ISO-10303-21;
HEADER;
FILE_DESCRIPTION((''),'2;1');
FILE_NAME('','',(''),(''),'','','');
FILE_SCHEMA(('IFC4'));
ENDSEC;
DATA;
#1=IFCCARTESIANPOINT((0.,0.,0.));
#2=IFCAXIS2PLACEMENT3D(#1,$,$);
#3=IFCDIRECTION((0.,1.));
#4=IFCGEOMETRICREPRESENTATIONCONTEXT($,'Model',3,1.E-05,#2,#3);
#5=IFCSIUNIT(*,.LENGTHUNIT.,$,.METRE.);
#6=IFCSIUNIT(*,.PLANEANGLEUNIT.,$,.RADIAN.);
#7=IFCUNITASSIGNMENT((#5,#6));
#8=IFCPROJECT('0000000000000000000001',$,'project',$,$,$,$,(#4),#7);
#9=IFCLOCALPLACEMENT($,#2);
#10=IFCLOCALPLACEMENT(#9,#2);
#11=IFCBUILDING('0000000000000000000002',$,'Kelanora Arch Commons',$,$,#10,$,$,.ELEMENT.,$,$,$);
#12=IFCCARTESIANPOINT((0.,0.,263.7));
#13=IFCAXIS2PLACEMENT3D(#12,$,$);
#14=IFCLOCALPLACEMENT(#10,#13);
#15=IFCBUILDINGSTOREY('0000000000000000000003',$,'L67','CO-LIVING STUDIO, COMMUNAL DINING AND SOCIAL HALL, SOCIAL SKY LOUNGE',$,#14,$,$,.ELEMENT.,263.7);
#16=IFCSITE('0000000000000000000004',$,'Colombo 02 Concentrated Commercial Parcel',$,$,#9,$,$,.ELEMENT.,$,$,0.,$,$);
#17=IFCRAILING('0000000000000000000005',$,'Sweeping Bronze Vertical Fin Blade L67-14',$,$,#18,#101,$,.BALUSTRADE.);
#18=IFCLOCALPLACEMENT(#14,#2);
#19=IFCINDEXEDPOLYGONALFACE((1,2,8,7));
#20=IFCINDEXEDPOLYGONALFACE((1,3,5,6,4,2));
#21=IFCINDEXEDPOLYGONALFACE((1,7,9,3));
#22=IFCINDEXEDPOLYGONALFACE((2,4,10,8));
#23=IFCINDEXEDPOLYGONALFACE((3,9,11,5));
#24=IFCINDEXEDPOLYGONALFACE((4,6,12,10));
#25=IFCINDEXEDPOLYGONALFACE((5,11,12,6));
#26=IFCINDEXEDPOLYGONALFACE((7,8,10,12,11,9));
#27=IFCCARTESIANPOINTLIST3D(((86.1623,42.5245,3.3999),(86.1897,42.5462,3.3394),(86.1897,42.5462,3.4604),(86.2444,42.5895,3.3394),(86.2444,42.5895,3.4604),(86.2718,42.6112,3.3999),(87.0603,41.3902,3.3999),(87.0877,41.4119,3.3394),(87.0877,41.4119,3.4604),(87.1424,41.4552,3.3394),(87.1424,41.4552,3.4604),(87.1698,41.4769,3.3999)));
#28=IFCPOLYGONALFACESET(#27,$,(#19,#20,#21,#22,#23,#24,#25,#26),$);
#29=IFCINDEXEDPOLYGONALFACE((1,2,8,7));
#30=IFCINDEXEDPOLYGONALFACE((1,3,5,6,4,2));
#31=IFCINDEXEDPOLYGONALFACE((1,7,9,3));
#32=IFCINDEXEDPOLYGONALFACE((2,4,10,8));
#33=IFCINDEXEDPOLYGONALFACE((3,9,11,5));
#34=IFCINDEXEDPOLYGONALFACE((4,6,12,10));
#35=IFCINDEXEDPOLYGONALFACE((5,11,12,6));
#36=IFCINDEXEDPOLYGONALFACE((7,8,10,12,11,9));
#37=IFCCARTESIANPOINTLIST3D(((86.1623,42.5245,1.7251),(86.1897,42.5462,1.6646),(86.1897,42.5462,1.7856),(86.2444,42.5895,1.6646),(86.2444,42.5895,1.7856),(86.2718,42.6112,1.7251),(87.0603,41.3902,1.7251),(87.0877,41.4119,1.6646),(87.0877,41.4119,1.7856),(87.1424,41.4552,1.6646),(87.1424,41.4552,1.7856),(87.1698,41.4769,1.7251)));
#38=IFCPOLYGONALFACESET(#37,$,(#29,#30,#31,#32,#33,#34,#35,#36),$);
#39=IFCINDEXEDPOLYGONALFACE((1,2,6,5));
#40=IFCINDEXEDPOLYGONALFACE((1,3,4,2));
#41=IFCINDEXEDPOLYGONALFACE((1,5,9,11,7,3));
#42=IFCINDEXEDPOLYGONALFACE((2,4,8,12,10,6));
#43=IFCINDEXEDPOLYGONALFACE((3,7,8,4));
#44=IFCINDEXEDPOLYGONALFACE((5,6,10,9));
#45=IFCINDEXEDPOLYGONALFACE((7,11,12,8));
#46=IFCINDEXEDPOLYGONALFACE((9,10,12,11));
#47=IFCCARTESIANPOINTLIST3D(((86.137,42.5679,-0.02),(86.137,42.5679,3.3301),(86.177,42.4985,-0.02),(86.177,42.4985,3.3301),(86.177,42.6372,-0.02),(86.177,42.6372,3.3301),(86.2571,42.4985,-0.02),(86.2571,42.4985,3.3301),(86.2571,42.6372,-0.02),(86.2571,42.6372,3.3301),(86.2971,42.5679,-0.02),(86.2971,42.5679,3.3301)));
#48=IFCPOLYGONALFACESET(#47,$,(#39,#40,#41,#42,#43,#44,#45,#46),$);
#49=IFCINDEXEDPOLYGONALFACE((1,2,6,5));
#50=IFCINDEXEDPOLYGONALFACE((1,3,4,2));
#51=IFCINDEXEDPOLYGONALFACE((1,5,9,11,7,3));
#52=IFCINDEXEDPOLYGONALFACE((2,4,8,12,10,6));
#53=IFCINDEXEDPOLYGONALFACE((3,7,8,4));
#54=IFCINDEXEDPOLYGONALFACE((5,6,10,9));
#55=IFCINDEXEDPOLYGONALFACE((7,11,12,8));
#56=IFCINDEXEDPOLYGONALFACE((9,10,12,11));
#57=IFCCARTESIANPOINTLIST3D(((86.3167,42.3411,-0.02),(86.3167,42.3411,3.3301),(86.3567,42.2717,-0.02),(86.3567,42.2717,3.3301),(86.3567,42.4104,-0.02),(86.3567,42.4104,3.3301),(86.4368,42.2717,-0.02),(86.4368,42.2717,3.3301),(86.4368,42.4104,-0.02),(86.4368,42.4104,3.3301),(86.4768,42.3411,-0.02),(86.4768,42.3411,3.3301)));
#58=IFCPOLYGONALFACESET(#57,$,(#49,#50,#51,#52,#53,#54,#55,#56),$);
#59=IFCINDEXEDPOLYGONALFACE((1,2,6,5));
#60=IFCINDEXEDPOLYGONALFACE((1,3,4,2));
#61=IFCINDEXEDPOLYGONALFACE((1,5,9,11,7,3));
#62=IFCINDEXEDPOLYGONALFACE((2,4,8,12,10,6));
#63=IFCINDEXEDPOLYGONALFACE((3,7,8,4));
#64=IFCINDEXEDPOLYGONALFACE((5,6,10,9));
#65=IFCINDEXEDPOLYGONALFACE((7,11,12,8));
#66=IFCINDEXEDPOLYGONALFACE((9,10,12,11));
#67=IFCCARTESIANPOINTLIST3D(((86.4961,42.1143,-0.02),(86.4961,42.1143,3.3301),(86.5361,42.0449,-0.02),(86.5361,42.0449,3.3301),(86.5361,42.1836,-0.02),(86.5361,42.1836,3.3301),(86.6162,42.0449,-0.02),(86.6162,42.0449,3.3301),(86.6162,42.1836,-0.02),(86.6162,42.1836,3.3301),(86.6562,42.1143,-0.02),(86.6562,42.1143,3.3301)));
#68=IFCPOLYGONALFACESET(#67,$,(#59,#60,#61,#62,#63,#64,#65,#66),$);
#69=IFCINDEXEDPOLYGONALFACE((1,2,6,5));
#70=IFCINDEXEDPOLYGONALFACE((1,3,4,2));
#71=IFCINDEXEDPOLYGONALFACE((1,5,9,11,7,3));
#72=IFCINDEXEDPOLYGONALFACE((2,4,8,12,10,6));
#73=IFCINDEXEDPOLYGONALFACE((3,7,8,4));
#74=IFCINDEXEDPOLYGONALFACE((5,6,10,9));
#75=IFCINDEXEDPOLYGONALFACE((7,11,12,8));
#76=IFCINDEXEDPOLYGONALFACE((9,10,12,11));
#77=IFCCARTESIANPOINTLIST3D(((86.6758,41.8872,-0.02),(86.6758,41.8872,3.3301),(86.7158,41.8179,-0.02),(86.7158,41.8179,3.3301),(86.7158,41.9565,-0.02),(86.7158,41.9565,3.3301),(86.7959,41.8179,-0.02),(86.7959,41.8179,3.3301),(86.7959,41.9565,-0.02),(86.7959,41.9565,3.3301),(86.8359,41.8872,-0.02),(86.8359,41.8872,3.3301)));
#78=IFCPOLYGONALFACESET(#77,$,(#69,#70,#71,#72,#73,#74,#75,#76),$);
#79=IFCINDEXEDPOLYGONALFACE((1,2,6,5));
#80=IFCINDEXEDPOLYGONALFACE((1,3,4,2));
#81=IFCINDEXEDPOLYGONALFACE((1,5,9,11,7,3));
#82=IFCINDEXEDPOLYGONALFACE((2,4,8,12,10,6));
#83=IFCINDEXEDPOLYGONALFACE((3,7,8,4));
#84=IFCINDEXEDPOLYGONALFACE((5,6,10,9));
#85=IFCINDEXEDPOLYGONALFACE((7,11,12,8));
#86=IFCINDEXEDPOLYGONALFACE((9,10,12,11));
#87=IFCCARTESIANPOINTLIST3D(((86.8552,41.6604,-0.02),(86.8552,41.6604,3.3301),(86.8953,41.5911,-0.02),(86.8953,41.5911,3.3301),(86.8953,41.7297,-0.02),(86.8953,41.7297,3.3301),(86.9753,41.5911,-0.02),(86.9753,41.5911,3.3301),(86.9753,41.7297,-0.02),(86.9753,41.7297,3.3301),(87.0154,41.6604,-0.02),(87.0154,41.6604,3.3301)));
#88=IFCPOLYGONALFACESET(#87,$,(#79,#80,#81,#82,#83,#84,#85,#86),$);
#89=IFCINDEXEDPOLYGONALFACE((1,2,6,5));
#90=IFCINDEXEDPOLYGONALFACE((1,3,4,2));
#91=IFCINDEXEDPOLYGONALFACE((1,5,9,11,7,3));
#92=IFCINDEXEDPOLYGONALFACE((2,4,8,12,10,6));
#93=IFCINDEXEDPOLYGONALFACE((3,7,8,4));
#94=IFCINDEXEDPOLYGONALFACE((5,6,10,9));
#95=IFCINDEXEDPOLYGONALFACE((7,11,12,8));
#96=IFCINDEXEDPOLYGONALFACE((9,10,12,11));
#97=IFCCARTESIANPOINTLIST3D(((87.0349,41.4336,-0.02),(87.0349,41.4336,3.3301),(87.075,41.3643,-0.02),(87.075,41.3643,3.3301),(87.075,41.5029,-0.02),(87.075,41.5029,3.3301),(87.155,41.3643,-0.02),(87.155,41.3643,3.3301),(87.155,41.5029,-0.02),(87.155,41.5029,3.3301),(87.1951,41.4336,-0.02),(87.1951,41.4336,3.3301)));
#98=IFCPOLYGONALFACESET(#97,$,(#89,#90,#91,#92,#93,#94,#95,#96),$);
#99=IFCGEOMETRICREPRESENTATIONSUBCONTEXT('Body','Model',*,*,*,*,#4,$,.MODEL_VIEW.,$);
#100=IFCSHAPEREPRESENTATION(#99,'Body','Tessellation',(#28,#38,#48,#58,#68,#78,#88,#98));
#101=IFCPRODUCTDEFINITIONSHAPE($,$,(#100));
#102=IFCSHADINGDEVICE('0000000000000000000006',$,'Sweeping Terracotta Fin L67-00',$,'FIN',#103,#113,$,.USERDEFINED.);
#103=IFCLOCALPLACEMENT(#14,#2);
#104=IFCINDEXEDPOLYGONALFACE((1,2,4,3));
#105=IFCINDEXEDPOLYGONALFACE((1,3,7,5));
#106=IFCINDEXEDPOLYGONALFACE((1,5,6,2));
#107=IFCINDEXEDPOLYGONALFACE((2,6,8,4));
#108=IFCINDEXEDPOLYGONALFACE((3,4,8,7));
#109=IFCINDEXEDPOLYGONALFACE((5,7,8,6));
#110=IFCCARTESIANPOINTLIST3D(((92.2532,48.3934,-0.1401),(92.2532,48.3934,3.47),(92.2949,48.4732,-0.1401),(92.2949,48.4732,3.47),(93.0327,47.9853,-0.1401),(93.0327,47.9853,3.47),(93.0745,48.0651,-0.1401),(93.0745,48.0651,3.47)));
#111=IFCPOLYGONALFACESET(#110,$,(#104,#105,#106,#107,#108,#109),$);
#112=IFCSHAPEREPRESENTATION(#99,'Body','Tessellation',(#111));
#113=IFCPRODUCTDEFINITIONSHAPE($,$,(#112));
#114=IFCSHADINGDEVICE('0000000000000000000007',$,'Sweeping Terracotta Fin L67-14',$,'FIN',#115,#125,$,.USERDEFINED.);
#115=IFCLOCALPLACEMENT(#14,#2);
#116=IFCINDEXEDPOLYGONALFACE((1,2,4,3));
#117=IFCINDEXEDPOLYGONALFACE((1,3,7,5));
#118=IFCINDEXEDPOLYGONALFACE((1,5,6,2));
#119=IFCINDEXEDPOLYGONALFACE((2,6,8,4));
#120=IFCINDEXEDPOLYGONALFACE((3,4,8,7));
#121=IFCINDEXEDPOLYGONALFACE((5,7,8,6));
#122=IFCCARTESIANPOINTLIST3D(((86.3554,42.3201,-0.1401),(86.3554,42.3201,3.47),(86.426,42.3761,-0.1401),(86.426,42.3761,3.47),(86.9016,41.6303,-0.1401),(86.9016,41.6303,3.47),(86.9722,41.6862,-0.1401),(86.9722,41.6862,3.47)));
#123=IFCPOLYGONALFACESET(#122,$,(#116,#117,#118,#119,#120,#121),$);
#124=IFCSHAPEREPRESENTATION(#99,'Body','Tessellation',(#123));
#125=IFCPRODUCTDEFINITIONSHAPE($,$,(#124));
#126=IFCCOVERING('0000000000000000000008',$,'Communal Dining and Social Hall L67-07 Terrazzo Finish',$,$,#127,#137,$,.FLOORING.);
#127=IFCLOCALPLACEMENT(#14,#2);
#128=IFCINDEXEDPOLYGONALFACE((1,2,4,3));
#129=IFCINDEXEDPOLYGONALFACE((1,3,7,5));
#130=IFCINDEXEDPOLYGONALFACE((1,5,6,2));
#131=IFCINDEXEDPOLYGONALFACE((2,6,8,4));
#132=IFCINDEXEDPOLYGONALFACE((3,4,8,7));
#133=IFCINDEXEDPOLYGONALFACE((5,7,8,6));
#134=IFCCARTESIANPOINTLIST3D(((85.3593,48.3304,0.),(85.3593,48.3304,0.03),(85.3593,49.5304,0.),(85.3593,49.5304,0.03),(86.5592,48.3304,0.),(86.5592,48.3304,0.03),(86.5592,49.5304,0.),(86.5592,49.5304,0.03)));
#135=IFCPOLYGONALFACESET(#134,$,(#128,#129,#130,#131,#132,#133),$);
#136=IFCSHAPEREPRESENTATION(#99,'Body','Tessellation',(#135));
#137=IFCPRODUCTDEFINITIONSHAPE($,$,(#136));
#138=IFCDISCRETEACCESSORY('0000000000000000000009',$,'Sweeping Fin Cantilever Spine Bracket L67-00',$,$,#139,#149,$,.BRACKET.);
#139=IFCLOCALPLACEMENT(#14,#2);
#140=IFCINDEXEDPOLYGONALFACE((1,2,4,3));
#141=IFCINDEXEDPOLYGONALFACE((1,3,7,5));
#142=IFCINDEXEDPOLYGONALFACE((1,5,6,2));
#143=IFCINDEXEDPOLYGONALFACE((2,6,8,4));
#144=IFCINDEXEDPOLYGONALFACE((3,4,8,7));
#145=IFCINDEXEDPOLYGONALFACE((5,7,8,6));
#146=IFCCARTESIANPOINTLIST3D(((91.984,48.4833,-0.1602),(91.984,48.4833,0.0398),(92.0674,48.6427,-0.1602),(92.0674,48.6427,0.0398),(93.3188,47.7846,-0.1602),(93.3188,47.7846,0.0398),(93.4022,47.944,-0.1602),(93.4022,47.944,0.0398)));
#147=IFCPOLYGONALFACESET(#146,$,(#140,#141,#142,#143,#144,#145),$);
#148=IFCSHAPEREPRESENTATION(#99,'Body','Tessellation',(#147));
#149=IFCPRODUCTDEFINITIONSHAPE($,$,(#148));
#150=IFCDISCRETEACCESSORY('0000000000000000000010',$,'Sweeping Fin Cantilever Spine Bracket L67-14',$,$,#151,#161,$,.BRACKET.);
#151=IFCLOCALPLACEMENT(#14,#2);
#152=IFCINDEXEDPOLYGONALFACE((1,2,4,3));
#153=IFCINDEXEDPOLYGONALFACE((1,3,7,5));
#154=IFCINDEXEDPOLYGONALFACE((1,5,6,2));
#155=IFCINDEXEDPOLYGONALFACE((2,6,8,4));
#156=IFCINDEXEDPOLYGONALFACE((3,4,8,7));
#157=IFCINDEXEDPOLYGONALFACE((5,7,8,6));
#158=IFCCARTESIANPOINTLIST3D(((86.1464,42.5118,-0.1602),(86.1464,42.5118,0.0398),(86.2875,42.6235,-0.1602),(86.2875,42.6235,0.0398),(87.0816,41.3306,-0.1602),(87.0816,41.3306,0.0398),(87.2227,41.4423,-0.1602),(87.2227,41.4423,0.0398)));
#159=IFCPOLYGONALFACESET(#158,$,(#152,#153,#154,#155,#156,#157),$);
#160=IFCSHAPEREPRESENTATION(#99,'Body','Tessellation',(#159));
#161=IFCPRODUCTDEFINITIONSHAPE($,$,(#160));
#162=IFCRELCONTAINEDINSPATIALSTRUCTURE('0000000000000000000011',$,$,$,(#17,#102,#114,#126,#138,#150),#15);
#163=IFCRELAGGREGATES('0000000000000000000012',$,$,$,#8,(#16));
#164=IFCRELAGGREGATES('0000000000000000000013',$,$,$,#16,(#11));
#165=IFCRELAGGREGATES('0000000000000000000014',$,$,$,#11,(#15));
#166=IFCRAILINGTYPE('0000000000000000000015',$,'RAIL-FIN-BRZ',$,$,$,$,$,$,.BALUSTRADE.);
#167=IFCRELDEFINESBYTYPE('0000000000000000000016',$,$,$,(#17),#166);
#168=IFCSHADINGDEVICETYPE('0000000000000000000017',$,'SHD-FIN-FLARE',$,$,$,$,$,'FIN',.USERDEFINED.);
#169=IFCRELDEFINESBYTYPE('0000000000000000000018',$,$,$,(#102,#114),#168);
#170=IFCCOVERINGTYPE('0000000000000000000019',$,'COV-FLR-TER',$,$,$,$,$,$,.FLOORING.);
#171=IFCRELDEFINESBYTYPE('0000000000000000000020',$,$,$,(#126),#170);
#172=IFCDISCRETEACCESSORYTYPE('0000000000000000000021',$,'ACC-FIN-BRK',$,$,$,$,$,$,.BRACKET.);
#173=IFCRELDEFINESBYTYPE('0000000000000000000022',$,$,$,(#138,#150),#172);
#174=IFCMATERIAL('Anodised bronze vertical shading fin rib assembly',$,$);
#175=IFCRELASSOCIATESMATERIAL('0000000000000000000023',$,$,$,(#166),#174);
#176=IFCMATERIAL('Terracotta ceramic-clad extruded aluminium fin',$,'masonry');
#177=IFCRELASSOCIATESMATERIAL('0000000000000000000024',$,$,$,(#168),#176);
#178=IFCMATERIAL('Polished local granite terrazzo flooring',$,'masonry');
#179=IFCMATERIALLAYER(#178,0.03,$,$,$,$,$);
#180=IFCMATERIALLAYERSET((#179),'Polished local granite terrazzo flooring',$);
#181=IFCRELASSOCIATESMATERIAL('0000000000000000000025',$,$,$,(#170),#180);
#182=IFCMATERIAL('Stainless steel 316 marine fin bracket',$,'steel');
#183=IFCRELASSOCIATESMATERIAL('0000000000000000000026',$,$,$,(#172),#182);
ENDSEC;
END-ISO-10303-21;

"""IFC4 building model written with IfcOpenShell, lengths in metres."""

from ifc_helpers import new_model, si_unit, direction, frame, origin, origin_2d, place, context, subcontext, project, spatial, polyline, rectangle, outline, extrude, source, transform, mapped, material, layer, layer_set, type_object, element, save


model = new_model("IFC4")

# Units and contexts
model_context = context("Model", 3, precision=1e-05, world=origin(), true_north=direction((0.0, 1.0)))
body_context = subcontext(model_context, "Body", "Model", "MODEL_VIEW")
ifc_project = project(units=[si_unit("LENGTHUNIT", "METRE"), si_unit("PLANEANGLEUNIT", "RADIAN")], contexts=[model_context])

# Site, building, storey
site_placement = place(None, origin())
site = spatial("IfcSite", under=ifc_project, at=site_placement, Name="Colombo 02 Concentrated Commercial Parcel", CompositionType="ELEMENT", RefElevation=0.0)
building_placement = place(site_placement, origin())
building = spatial("IfcBuilding", under=site, at=building_placement, Name="Kelanora Arch Commons", CompositionType="ELEMENT")
storey_placement = place(building_placement, frame((0.0, 0.0, 263.7)))
storey = spatial("IfcBuildingStorey", under=building, at=storey_placement, Name="L67", Description="CO-LIVING STUDIO, COMMUNAL DINING AND SOCIAL HALL, SOCIAL SKY LOUNGE", CompositionType="ELEMENT", Elevation=263.7)

# Railing
ifc_material_1 = material(Name="Anodised bronze vertical shading fin rib assembly")
railing_type = type_object("IfcRailingType", Name="RAIL-FIN-BRZ", PredefinedType="BALUSTRADE", material=ifc_material_1)
railing_1_placement = place(storey_placement, frame((86.217, 42.5679, -0.02)))
element("IfcRailing", 1, at=railing_1_placement, inside=storey, type_object=railing_type, Name="Sweeping Bronze Vertical Fin Blade L67-14", PredefinedType="BALUSTRADE", context=body_context, shape_type="SweptSolid", body=[
    extrude(outline(polyline([(0.0698, 0.0), (0.0349, 0.0605), (-0.0349, 0.0605), (-0.0698, 0.0), (-0.0349, -0.0605), (0.0349, -0.0605), (0.0698, 0.0)])), frame((0.0, 0.0, 3.4199), z_axis=(0.620694, -0.784053, 0.0), x_axis=(0.784053, 0.620694, 0.0)), (0.0, 0.0, 1.0), 1.4468),
    extrude(outline(polyline([(0.0698, 0.0), (0.0349, 0.0605), (-0.0349, 0.0605), (-0.0698, 0.0), (-0.0349, -0.0605), (0.0349, -0.0605), (0.0698, 0.0)])), frame((0.0, 0.0, 1.7451), z_axis=(0.620694, -0.784053, 0.0), x_axis=(0.784053, 0.620694, 0.0)), (0.0, 0.0, 1.0), 1.4468),
    extrude(outline(polyline([(0.0801, 0.0), (0.04, 0.0693), (-0.04, 0.0693), (-0.0801, 0.0), (-0.04, -0.0693), (0.04, -0.0693), (0.0801, 0.0)])), origin(), (0.0, 0.0, 1.0), 3.3501),
    extrude(outline(polyline([(0.0801, 0.0), (0.04, 0.0693), (-0.04, 0.0693), (-0.0801, 0.0), (-0.04, -0.0693), (0.04, -0.0693), (0.0801, 0.0)])), frame((0.1797, -0.2268, 0.0)), (0.0, 0.0, 1.0), 3.3501),
    extrude(outline(polyline([(0.0801, 0.0), (0.04, 0.0693), (-0.04, 0.0693), (-0.0801, 0.0), (-0.04, -0.0693), (0.04, -0.0693), (0.0801, 0.0)])), frame((0.3591, -0.4536, 0.0)), (0.0, 0.0, 1.0), 3.3501),
    extrude(outline(polyline([(0.0801, 0.0), (0.04, 0.0693), (-0.04, 0.0693), (-0.0801, 0.0), (-0.04, -0.0693), (0.04, -0.0693), (0.0801, 0.0)])), frame((0.5388, -0.6807, 0.0)), (0.0, 0.0, 1.0), 3.3501),
    extrude(outline(polyline([(0.0801, 0.0), (0.04, 0.0693), (-0.04, 0.0693), (-0.0801, 0.0), (-0.04, -0.0693), (0.04, -0.0693), (0.0801, 0.0)])), frame((0.7183, -0.9075, 0.0)), (0.0, 0.0, 1.0), 3.3501),
    extrude(outline(polyline([(0.0801, 0.0), (0.04, 0.0693), (-0.04, 0.0693), (-0.0801, 0.0), (-0.04, -0.0693), (0.04, -0.0693), (0.0801, 0.0)])), frame((0.8979, -1.1343, 0.0)), (0.0, 0.0, 1.0), 3.3501),
])

# Shading devices
ifc_material_2 = material(Name="Terracotta ceramic-clad extruded aluminium fin", Category="masonry")
shading_device_type = type_object("IfcShadingDeviceType", Name="SHD-FIN-FLARE", ElementType="FIN", PredefinedType="USERDEFINED", material=ifc_material_2)
shared_shape_1 = source(origin(), body_context, "Body", "SweptSolid", [
    extrude(rectangle(XDim=0.8799, YDim=0.0901, at=origin_2d()), origin(), (0.0, 0.0, 1.0), 3.6101),
])
for number, where, z_axis, x_axis, name in (
    (2, (92.6638, 48.2292, -0.1401), (0.0, 0.0, 1.0), (0.885961, -0.46376, 0.0), "Sweeping Terracotta Fin L67-00"),
    (3, (86.6638, 42.0032, -0.1401), (0.0, 0.0, 1.0), (0.620737, -0.784019, 0.0), "Sweeping Terracotta Fin L67-14"),
):
    element("IfcShadingDevice", number, at=place(storey_placement, frame(where, z_axis=z_axis, x_axis=x_axis)), inside=storey, type_object=shading_device_type, Name=name, ObjectType="FIN", PredefinedType="USERDEFINED", context=body_context, shape_type="MappedRepresentation", body=[
        mapped(shared_shape_1, transform((0.0, 0.0, 0.0), scale=1.0)),
    ])

# Covering
ifc_material_3 = material(Name="Polished local granite terrazzo flooring", Category="masonry")
ifc_layer_1 = layer(ifc_material_3, 0.03)
ifc_layer_set_1 = layer_set([ifc_layer_1], Name="Polished local granite terrazzo flooring")
covering_type = type_object("IfcCoveringType", Name="COV-FLR-TER", PredefinedType="FLOORING", material=ifc_layer_set_1)
shared_shape_2 = source(origin(), body_context, "Body", "SweptSolid", [
    extrude(rectangle(XDim=1.2, YDim=1.2, at=origin_2d()), origin(), (0.0, 0.0, 1.0), 0.03),
])
covering_placement = place(storey_placement, frame((85.9592, 48.9304, 0.0), z_axis=(0.0, 0.0, 1.0), x_axis=(1.0, 0.0, 0.0)))
element("IfcCovering", 4, at=covering_placement, inside=storey, type_object=covering_type, Name="Communal Dining and Social Hall L67-07 Terrazzo Finish", PredefinedType="FLOORING", context=body_context, shape_type="MappedRepresentation", body=[
    mapped(shared_shape_2, transform((0.0, 0.0, 0.0), scale=1.0)),
])

# Discrete accessories
ifc_material_4 = material(Name="Stainless steel 316 marine fin bracket", Category="steel")
discrete_accessory_type = type_object("IfcDiscreteAccessoryType", Name="ACC-FIN-BRK", PredefinedType="BRACKET", material=ifc_material_4)
shared_shape_3 = source(origin(), body_context, "Body", "SweptSolid", [
    extrude(rectangle(XDim=1.5066, YDim=0.1799, at=origin_2d()), origin(), (0.0, 0.0, 1.0), 0.2),
])
for number, where, z_axis, x_axis, name in (
    (5, (92.6931, 48.2136, -0.1602), (0.0, 0.0, 1.0), (0.885961, -0.46376, 0.0), "Sweeping Fin Cantilever Spine Bracket L67-00"),
    (6, (86.6846, 41.9771, -0.1602), (0.0, 0.0, 1.0), (0.620737, -0.784019, 0.0), "Sweeping Fin Cantilever Spine Bracket L67-14"),
):
    element("IfcDiscreteAccessory", number, at=place(storey_placement, frame(where, z_axis=z_axis, x_axis=x_axis)), inside=storey, type_object=discrete_accessory_type, Name=name, PredefinedType="BRACKET", context=body_context, shape_type="MappedRepresentation", body=[
        mapped(shared_shape_3, transform((0.0, 0.0, 0.0), scale=1.0)),
    ])

save(model, "model.ifc")
